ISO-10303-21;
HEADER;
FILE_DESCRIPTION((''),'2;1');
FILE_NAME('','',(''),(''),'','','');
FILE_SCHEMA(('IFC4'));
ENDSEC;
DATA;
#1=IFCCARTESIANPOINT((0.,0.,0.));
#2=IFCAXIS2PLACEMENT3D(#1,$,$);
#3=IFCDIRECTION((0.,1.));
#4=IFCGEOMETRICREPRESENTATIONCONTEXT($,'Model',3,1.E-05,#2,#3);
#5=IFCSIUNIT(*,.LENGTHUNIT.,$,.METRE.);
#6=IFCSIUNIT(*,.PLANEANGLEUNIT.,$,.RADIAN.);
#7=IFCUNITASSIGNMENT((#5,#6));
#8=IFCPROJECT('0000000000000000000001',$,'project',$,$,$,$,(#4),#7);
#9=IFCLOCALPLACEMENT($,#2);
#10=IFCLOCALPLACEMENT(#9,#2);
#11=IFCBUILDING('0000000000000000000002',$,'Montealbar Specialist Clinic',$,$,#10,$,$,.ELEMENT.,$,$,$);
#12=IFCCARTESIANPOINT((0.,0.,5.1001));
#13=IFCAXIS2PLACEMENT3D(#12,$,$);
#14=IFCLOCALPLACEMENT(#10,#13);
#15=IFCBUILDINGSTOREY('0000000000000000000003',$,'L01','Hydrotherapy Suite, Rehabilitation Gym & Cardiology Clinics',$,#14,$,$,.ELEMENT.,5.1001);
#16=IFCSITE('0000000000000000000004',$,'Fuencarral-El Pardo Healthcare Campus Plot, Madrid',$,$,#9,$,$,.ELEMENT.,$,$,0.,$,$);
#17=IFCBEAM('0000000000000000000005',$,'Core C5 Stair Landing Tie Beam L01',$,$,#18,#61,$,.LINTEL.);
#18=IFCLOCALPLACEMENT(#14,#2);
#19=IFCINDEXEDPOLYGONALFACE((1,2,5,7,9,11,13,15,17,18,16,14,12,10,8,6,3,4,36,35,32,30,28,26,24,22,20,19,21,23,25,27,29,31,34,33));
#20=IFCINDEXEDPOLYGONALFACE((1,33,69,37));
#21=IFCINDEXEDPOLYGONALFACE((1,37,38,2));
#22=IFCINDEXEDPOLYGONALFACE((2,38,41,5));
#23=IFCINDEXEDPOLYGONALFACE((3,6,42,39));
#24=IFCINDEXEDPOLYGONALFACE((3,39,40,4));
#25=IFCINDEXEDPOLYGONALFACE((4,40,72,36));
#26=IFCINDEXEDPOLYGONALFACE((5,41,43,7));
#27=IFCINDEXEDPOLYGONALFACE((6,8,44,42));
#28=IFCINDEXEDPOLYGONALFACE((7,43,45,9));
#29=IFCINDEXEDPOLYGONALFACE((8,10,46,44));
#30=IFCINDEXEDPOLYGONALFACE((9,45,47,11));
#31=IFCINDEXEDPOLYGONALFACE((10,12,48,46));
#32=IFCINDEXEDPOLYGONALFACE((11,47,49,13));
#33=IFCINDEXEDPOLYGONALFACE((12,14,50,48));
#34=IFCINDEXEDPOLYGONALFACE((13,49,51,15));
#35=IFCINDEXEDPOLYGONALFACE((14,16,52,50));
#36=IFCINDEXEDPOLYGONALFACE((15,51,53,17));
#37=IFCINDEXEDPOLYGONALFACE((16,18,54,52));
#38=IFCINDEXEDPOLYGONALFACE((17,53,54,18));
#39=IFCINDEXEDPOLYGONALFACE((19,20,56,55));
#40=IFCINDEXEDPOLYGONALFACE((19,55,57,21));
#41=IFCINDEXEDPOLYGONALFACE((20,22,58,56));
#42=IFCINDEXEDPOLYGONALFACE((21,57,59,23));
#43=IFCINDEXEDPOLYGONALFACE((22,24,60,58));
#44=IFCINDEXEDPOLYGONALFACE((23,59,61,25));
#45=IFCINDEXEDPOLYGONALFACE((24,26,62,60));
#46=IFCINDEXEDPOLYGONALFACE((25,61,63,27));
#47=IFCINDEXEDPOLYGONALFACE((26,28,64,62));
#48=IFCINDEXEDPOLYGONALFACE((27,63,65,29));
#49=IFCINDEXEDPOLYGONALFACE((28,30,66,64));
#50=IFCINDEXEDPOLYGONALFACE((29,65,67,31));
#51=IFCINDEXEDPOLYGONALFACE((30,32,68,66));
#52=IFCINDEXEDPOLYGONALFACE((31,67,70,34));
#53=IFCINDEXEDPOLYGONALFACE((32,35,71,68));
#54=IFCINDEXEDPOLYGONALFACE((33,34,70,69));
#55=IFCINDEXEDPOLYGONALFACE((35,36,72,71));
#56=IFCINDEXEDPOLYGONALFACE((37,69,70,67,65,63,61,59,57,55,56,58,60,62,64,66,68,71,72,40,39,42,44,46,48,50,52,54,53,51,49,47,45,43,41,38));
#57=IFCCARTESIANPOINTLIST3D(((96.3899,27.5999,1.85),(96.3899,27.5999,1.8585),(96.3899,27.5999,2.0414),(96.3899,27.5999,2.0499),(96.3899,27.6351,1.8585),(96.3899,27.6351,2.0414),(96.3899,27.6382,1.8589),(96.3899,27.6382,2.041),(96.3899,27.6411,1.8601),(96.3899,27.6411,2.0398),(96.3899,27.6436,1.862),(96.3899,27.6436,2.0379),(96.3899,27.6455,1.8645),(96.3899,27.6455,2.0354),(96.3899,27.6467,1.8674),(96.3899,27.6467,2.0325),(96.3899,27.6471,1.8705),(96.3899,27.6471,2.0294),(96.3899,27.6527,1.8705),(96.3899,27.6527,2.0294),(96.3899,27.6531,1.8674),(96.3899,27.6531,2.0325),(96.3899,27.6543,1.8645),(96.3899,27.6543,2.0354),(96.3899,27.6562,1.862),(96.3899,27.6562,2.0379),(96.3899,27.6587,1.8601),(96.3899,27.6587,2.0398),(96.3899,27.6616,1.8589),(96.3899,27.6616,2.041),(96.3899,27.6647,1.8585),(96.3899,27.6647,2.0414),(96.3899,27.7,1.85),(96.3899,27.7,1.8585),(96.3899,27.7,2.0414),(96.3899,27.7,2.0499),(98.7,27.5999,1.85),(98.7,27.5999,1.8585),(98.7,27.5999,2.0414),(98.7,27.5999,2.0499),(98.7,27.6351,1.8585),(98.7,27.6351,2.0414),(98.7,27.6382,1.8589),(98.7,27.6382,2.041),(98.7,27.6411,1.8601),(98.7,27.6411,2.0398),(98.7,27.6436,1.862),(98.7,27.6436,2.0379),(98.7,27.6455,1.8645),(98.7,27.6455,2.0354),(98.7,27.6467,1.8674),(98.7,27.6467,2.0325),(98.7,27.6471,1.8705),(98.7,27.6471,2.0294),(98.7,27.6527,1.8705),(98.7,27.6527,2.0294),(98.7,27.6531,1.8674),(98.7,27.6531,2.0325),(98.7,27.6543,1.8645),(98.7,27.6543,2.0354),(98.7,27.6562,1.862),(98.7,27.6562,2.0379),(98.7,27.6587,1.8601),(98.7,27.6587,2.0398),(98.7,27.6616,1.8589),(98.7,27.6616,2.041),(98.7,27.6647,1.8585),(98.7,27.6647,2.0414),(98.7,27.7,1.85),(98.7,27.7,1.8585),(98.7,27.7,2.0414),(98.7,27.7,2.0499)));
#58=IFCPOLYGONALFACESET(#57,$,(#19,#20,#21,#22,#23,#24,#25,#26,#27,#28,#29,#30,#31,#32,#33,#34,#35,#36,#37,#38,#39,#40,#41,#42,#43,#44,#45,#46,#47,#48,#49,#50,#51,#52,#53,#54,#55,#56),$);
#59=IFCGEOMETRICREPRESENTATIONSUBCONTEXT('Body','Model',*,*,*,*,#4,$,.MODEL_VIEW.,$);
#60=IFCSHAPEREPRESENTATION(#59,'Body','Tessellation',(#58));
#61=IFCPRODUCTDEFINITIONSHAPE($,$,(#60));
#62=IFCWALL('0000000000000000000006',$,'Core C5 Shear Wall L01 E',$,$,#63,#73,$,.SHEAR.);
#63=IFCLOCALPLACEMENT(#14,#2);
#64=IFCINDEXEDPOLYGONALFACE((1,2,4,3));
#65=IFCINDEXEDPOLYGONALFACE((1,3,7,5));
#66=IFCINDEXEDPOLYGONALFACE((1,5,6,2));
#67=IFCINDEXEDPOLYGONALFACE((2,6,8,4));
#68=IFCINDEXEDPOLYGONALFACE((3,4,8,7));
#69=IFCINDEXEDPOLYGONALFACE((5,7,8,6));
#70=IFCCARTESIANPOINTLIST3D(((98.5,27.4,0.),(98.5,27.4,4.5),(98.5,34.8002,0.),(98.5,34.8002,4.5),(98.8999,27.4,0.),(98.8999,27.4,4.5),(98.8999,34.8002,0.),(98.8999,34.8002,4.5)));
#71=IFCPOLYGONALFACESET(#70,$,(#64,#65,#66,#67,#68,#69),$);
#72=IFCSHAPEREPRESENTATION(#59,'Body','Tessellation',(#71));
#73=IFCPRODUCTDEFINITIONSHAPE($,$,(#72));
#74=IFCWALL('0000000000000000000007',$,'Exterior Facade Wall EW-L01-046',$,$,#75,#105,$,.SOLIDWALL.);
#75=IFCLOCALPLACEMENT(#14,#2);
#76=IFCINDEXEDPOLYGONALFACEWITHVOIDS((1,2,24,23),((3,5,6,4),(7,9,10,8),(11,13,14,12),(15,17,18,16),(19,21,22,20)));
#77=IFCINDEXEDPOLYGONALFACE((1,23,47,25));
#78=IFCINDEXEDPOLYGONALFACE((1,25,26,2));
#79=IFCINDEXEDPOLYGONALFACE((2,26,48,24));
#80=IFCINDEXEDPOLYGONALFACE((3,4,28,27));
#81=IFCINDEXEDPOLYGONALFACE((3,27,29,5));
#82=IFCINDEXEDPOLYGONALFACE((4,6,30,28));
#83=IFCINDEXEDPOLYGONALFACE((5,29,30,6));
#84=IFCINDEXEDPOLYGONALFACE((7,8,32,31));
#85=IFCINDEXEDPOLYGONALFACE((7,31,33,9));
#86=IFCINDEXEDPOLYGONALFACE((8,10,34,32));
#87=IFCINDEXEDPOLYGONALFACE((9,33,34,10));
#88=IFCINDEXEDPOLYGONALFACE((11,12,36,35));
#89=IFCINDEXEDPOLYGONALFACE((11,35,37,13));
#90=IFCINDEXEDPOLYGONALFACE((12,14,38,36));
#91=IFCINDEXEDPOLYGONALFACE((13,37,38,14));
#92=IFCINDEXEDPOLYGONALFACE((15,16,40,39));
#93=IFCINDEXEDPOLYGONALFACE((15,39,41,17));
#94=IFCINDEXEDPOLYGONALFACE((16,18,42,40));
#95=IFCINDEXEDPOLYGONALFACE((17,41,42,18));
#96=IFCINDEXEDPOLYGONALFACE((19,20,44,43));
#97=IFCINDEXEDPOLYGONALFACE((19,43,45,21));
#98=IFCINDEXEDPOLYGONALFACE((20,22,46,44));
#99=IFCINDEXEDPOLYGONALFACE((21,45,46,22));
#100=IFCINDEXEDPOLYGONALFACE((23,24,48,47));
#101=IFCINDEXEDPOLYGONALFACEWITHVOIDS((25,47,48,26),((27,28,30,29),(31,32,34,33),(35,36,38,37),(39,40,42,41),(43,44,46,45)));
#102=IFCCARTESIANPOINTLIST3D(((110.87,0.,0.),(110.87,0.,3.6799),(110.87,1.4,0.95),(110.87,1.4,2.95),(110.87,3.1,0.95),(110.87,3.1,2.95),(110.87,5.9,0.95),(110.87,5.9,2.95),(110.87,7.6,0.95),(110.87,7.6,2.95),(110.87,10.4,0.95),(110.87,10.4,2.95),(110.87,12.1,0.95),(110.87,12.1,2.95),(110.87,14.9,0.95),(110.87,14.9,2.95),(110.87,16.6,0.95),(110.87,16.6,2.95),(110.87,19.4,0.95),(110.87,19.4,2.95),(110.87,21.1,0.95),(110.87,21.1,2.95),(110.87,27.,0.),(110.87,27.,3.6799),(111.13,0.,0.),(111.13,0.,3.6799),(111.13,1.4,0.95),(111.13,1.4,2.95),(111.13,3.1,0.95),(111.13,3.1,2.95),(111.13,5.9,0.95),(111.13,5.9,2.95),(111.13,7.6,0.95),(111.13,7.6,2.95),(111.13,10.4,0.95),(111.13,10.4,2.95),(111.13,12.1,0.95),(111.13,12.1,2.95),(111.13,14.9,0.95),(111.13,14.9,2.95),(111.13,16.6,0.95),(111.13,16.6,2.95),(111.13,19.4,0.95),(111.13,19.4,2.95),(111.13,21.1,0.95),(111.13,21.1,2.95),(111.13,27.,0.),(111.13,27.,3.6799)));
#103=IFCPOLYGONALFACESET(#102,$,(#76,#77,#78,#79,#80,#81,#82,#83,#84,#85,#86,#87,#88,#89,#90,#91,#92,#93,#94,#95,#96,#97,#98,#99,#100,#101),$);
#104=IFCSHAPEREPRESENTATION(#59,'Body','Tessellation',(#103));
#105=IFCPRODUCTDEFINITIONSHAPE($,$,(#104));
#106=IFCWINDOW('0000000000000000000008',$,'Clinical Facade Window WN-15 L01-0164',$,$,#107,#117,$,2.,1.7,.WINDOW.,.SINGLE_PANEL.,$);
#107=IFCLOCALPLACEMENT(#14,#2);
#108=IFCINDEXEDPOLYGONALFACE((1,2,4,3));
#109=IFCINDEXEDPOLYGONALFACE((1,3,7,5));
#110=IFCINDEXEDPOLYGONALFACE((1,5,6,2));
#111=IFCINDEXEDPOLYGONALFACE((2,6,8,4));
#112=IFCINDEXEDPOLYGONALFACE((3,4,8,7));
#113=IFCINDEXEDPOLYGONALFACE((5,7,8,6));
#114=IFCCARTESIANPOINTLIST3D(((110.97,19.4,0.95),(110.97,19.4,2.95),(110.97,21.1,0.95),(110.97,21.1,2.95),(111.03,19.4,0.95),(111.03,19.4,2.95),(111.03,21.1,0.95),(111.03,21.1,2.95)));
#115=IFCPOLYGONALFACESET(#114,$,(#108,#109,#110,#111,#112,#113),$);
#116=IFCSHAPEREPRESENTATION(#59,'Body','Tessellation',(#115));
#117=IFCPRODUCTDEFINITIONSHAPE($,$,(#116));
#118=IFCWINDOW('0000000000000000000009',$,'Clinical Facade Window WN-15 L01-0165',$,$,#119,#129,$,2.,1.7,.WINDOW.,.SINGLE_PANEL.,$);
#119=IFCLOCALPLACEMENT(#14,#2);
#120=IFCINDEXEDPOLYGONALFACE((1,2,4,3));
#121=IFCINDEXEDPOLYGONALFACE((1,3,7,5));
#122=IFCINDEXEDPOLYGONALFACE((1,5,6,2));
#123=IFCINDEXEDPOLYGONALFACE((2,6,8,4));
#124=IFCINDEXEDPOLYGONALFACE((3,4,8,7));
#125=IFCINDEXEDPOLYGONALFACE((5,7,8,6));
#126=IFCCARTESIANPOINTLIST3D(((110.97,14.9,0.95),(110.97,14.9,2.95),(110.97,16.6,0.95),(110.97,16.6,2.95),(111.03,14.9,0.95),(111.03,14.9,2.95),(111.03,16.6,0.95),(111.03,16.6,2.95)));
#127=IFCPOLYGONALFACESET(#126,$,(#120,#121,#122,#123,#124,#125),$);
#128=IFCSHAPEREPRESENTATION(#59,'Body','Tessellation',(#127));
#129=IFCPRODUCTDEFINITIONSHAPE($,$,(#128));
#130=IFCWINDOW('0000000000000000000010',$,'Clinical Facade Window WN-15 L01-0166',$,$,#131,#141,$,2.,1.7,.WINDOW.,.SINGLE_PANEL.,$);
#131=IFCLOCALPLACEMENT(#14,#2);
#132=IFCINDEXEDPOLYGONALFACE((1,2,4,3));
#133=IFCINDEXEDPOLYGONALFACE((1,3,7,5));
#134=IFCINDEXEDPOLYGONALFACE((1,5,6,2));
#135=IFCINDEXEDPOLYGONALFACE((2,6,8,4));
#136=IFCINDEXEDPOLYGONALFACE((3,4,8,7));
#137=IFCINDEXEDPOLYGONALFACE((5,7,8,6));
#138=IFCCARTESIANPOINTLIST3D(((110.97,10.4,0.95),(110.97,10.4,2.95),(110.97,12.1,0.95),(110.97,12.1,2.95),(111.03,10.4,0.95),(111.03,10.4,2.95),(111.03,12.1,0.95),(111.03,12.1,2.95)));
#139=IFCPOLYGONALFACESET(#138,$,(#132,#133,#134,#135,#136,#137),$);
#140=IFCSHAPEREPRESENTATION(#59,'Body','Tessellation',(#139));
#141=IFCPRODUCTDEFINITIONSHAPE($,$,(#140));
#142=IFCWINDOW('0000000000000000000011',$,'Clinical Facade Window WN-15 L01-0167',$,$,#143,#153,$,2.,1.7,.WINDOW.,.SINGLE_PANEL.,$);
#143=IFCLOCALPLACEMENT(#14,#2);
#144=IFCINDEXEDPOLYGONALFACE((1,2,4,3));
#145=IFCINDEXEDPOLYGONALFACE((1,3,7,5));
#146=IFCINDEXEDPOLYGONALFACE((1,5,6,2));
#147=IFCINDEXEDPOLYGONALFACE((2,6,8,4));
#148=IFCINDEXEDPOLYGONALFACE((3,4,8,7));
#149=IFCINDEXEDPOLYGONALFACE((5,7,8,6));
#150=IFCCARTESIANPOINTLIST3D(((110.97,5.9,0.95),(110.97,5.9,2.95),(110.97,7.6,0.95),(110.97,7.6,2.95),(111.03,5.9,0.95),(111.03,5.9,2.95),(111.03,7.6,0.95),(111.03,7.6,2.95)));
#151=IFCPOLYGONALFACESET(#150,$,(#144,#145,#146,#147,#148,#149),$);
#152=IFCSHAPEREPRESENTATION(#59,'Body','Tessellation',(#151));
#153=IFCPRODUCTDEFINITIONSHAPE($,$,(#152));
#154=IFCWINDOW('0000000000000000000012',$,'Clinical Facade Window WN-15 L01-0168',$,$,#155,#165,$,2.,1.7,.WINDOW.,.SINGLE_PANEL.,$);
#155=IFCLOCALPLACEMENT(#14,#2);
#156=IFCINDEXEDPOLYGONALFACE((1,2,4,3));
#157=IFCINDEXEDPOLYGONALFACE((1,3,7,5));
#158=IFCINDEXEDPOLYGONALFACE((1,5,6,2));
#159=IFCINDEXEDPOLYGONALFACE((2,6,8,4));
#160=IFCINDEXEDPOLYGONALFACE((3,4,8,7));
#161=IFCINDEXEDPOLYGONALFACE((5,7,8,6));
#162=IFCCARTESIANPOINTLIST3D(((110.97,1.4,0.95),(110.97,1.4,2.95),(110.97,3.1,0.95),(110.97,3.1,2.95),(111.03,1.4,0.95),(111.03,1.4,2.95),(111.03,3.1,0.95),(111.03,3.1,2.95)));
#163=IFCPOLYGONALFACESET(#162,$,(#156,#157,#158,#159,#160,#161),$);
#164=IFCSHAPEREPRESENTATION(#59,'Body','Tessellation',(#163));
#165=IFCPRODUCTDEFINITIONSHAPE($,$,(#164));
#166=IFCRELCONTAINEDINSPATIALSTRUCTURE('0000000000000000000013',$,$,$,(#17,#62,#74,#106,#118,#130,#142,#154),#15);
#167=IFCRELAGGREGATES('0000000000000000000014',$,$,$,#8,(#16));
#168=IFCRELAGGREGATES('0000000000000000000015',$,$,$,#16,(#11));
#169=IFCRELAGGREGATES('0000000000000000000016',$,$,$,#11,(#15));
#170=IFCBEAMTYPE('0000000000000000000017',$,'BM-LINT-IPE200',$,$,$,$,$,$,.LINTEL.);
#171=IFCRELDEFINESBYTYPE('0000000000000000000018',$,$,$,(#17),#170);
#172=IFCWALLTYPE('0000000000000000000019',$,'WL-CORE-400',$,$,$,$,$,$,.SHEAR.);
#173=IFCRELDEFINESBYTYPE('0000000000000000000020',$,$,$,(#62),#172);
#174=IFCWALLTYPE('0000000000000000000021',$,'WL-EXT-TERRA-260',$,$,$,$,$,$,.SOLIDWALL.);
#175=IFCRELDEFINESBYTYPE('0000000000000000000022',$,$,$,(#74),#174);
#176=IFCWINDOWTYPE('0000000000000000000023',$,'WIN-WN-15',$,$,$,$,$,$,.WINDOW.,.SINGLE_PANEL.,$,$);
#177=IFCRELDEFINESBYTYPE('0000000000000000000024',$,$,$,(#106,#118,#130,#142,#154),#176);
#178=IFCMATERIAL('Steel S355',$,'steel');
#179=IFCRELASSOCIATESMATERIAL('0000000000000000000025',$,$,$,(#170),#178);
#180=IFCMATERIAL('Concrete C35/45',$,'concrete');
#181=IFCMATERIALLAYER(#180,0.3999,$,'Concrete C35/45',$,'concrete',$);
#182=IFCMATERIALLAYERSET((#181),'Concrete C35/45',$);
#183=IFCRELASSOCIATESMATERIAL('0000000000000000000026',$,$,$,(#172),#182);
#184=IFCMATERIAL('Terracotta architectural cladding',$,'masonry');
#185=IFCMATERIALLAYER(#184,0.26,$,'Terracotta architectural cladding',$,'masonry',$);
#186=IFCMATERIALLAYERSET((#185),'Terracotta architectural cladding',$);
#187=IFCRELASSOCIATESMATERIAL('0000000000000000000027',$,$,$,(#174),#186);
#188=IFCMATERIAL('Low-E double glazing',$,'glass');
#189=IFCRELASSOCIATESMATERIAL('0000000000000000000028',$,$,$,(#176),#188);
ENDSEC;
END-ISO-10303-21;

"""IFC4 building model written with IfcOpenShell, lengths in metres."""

from ifc_helpers import new_model, si_unit, direction, frame, frame_2d, origin, origin_2d, place, context, subcontext, project, spatial, rectangle, i_section, extrude, material, layer, layer_set, material_profile, profile_set, type_object, element, fill, save


model = new_model("IFC4")

# Units and contexts
model_context = context("Model", 3, precision=1e-05, world=origin(), true_north=direction((0.0, 1.0)))
body_context = subcontext(model_context, "Body", "Model", "MODEL_VIEW")
ifc_project = project(units=[si_unit("LENGTHUNIT", "METRE"), si_unit("PLANEANGLEUNIT", "RADIAN")], contexts=[model_context])

# Site, building, storey
site_placement = place(None, origin())
site = spatial("IfcSite", under=ifc_project, at=site_placement, Name="Fuencarral-El Pardo Healthcare Campus Plot, Madrid", CompositionType="ELEMENT", RefElevation=0.0)
building_placement = place(site_placement, origin())
building = spatial("IfcBuilding", under=site, at=building_placement, Name="Montealbar Specialist Clinic", CompositionType="ELEMENT")
storey_placement = place(building_placement, frame((0.0, 0.0, 5.1001)))
storey = spatial("IfcBuildingStorey", under=building, at=storey_placement, Name="L01", Description="Hydrotherapy Suite, Rehabilitation Gym & Cardiology Clinics", CompositionType="ELEMENT", Elevation=5.1001)

# Shared definitions
ifc_material_1 = material(Name="Steel S355", Category="steel")

# Beam
ifc_material_profile_1 = material_profile(ifc_material_1, i_section(OverallWidth=0.1001, OverallDepth=0.2, WebThickness=0.0056, FlangeThickness=0.0085, FilletRadius=0.012, at=origin_2d()), Name="IPE 200", Category="steel")
ifc_profile_set_1 = profile_set([ifc_material_profile_1], Name="Steel S355")
beam_type_1 = type_object("IfcBeamType", Name="BM-LINT-IPE200", PredefinedType="LINTEL", material=ifc_profile_set_1)
beam_1_placement = place(storey_placement, frame((96.3899, 27.6499, 1.95), z_axis=(1.0, 0.0, 0.0), x_axis=(0.0, 1.0, 0.0)))
element("IfcBeam", 1, at=beam_1_placement, inside=storey, type_object=beam_type_1, Name="Core C5 Stair Landing Tie Beam L01", PredefinedType="LINTEL", context=body_context, shape_type="SweptSolid", body=[
    extrude(i_section(OverallWidth=0.1001, OverallDepth=0.2, WebThickness=0.0056, FlangeThickness=0.0085, FilletRadius=0.012, at=origin_2d()), origin(), (0.0, 0.0, 1.0), 2.3101),
])

# Wall
ifc_material_2 = material(Name="Concrete C35/45", Category="concrete")
ifc_layer_1 = layer(ifc_material_2, 0.3999, Name="Concrete C35/45", Category="concrete")
ifc_layer_set_1 = layer_set([ifc_layer_1], Name="Concrete C35/45")
wall_type_1 = type_object("IfcWallType", Name="WL-CORE-400", PredefinedType="SHEAR", material=ifc_layer_set_1)
wall_1_placement = place(storey_placement, frame((98.7, 27.3999, 0.0), z_axis=(0.0, 0.0, 1.0), x_axis=(0.0, 1.0, 0.0)))
element("IfcWall", 2, at=wall_1_placement, inside=storey, type_object=wall_type_1, Name="Core C5 Shear Wall L01 E", PredefinedType="SHEAR", context=body_context, shape_type="SweptSolid", body=[
    extrude(rectangle(XDim=7.4001, YDim=0.3999, at=frame_2d((3.7002, 0.0))), origin(), (0.0, 0.0, 1.0), 4.5),
])

# Wall, openings, windows
ifc_material_3 = material(Name="Terracotta architectural cladding", Category="masonry")
ifc_layer_2 = layer(ifc_material_3, 0.26, Name="Terracotta architectural cladding", Category="masonry")
ifc_layer_set_2 = layer_set([ifc_layer_2], Name="Terracotta architectural cladding")
wall_type_2 = type_object("IfcWallType", Name="WL-EXT-TERRA-260", PredefinedType="SOLIDWALL", material=ifc_layer_set_2)
wall_2_placement = place(storey_placement, frame((111.0, 27.0, 0.0), z_axis=(0.0, 0.0, 1.0), x_axis=(0.0, -1.0, 0.0)))
wall_2 = element("IfcWall", 3, at=wall_2_placement, inside=storey, type_object=wall_type_2, Name="Exterior Facade Wall EW-L01-046", PredefinedType="SOLIDWALL", context=body_context, shape_type="SweptSolid", body=[
    extrude(rectangle(XDim=27.0, YDim=0.26, at=frame_2d((13.5, 0.0))), origin(), (0.0, 0.0, 1.0), 3.6799),
])
opening_1_placement = place(wall_2_placement, frame((5.8999, 0.0, 0.95)))
opening_1 = element("IfcOpeningElement", 4, at=opening_1_placement, cuts=wall_2, PredefinedType="OPENING", context=body_context, shape_type="SweptSolid", body=[
    extrude(rectangle(XDim=1.7, YDim=2.0, at=frame_2d((0.8501, 1.0))), frame((0.0, 0.1399, 0.0), z_axis=(0.0, -1.0, 0.0), x_axis=(1.0, 0.0, 0.0)), (0.0, 0.0, 1.0), 0.28),
])
opening_2_placement = place(wall_2_placement, frame((10.3999, 0.0, 0.95)))
opening_2 = element("IfcOpeningElement", 5, at=opening_2_placement, cuts=wall_2, PredefinedType="OPENING", context=body_context, shape_type="SweptSolid", body=[
    extrude(rectangle(XDim=1.7, YDim=2.0, at=frame_2d((0.8501, 1.0))), frame((0.0, 0.1399, 0.0), z_axis=(0.0, -1.0, 0.0), x_axis=(1.0, 0.0, 0.0)), (0.0, 0.0, 1.0), 0.28),
])
opening_3_placement = place(wall_2_placement, frame((14.8999, 0.0, 0.95)))
opening_3 = element("IfcOpeningElement", 6, at=opening_3_placement, cuts=wall_2, PredefinedType="OPENING", context=body_context, shape_type="SweptSolid", body=[
    extrude(rectangle(XDim=1.7, YDim=2.0, at=frame_2d((0.8501, 1.0))), frame((0.0, 0.1399, 0.0), z_axis=(0.0, -1.0, 0.0), x_axis=(1.0, 0.0, 0.0)), (0.0, 0.0, 1.0), 0.28),
])
opening_4_placement = place(wall_2_placement, frame((19.3999, 0.0, 0.95)))
opening_4 = element("IfcOpeningElement", 7, at=opening_4_placement, cuts=wall_2, PredefinedType="OPENING", context=body_context, shape_type="SweptSolid", body=[
    extrude(rectangle(XDim=1.7, YDim=2.0, at=frame_2d((0.8501, 1.0))), frame((0.0, 0.1399, 0.0), z_axis=(0.0, -1.0, 0.0), x_axis=(1.0, 0.0, 0.0)), (0.0, 0.0, 1.0), 0.28),
])
opening_5_placement = place(wall_2_placement, frame((23.8999, 0.0, 0.95)))
opening_5 = element("IfcOpeningElement", 8, at=opening_5_placement, cuts=wall_2, PredefinedType="OPENING", context=body_context, shape_type="SweptSolid", body=[
    extrude(rectangle(XDim=1.7, YDim=2.0, at=frame_2d((0.8501, 1.0))), frame((0.0, 0.1399, 0.0), z_axis=(0.0, -1.0, 0.0), x_axis=(1.0, 0.0, 0.0)), (0.0, 0.0, 1.0), 0.28),
])
ifc_material_4 = material(Name="Low-E double glazing", Category="glass")
window_type = type_object("IfcWindowType", Name="WIN-WN-15", PartitioningType="SINGLE_PANEL", PredefinedType="WINDOW", material=ifc_material_4)
window_1_placement = place(opening_1_placement, origin())
window_1 = element("IfcWindow", 9, at=window_1_placement, inside=storey, type_object=window_type, Name="Clinical Facade Window WN-15 L01-0164", OverallHeight=2.0, OverallWidth=1.7, PartitioningType="SINGLE_PANEL", PredefinedType="WINDOW", context=body_context, shape_type="SweptSolid", body=[
    extrude(rectangle(XDim=1.7, YDim=2.0, at=frame_2d((0.8501, 1.0))), frame((0.0, 0.03, 0.0), z_axis=(0.0, -1.0, 0.0), x_axis=(1.0, 0.0, 0.0)), (0.0, 0.0, 1.0), 0.0601),
])
fill(opening_1, window_1)
window_2_placement = place(opening_2_placement, origin())
window_2 = element("IfcWindow", 10, at=window_2_placement, inside=storey, type_object=window_type, Name="Clinical Facade Window WN-15 L01-0165", OverallHeight=2.0, OverallWidth=1.7, PartitioningType="SINGLE_PANEL", PredefinedType="WINDOW", context=body_context, shape_type="SweptSolid", body=[
    extrude(rectangle(XDim=1.7, YDim=2.0, at=frame_2d((0.8501, 1.0))), frame((0.0, 0.03, 0.0), z_axis=(0.0, -1.0, 0.0), x_axis=(1.0, 0.0, 0.0)), (0.0, 0.0, 1.0), 0.0601),
])
fill(opening_2, window_2)
window_3_placement = place(opening_3_placement, origin())
window_3 = element("IfcWindow", 11, at=window_3_placement, inside=storey, type_object=window_type, Name="Clinical Facade Window WN-15 L01-0166", OverallHeight=2.0, OverallWidth=1.7, PartitioningType="SINGLE_PANEL", PredefinedType="WINDOW", context=body_context, shape_type="SweptSolid", body=[
    extrude(rectangle(XDim=1.7, YDim=2.0, at=frame_2d((0.8501, 1.0))), frame((0.0, 0.03, 0.0), z_axis=(0.0, -1.0, 0.0), x_axis=(1.0, 0.0, 0.0)), (0.0, 0.0, 1.0), 0.0601),
])
fill(opening_3, window_3)
window_4_placement = place(opening_4_placement, origin())
window_4 = element("IfcWindow", 12, at=window_4_placement, inside=storey, type_object=window_type, Name="Clinical Facade Window WN-15 L01-0167", OverallHeight=2.0, OverallWidth=1.7, PartitioningType="SINGLE_PANEL", PredefinedType="WINDOW", context=body_context, shape_type="SweptSolid", body=[
    extrude(rectangle(XDim=1.7, YDim=2.0, at=frame_2d((0.8501, 1.0))), frame((0.0, 0.03, 0.0), z_axis=(0.0, -1.0, 0.0), x_axis=(1.0, 0.0, 0.0)), (0.0, 0.0, 1.0), 0.0601),
])
fill(opening_4, window_4)
window_5_placement = place(opening_5_placement, origin())
window_5 = element("IfcWindow", 13, at=window_5_placement, inside=storey, type_object=window_type, Name="Clinical Facade Window WN-15 L01-0168", OverallHeight=2.0, OverallWidth=1.7, PartitioningType="SINGLE_PANEL", PredefinedType="WINDOW", context=body_context, shape_type="SweptSolid", body=[
    extrude(rectangle(XDim=1.7, YDim=2.0, at=frame_2d((0.8501, 1.0))), frame((0.0, 0.03, 0.0), z_axis=(0.0, -1.0, 0.0), x_axis=(1.0, 0.0, 0.0)), (0.0, 0.0, 1.0), 0.0601),
])
fill(opening_5, window_5)

save(model, "model.ifc")
